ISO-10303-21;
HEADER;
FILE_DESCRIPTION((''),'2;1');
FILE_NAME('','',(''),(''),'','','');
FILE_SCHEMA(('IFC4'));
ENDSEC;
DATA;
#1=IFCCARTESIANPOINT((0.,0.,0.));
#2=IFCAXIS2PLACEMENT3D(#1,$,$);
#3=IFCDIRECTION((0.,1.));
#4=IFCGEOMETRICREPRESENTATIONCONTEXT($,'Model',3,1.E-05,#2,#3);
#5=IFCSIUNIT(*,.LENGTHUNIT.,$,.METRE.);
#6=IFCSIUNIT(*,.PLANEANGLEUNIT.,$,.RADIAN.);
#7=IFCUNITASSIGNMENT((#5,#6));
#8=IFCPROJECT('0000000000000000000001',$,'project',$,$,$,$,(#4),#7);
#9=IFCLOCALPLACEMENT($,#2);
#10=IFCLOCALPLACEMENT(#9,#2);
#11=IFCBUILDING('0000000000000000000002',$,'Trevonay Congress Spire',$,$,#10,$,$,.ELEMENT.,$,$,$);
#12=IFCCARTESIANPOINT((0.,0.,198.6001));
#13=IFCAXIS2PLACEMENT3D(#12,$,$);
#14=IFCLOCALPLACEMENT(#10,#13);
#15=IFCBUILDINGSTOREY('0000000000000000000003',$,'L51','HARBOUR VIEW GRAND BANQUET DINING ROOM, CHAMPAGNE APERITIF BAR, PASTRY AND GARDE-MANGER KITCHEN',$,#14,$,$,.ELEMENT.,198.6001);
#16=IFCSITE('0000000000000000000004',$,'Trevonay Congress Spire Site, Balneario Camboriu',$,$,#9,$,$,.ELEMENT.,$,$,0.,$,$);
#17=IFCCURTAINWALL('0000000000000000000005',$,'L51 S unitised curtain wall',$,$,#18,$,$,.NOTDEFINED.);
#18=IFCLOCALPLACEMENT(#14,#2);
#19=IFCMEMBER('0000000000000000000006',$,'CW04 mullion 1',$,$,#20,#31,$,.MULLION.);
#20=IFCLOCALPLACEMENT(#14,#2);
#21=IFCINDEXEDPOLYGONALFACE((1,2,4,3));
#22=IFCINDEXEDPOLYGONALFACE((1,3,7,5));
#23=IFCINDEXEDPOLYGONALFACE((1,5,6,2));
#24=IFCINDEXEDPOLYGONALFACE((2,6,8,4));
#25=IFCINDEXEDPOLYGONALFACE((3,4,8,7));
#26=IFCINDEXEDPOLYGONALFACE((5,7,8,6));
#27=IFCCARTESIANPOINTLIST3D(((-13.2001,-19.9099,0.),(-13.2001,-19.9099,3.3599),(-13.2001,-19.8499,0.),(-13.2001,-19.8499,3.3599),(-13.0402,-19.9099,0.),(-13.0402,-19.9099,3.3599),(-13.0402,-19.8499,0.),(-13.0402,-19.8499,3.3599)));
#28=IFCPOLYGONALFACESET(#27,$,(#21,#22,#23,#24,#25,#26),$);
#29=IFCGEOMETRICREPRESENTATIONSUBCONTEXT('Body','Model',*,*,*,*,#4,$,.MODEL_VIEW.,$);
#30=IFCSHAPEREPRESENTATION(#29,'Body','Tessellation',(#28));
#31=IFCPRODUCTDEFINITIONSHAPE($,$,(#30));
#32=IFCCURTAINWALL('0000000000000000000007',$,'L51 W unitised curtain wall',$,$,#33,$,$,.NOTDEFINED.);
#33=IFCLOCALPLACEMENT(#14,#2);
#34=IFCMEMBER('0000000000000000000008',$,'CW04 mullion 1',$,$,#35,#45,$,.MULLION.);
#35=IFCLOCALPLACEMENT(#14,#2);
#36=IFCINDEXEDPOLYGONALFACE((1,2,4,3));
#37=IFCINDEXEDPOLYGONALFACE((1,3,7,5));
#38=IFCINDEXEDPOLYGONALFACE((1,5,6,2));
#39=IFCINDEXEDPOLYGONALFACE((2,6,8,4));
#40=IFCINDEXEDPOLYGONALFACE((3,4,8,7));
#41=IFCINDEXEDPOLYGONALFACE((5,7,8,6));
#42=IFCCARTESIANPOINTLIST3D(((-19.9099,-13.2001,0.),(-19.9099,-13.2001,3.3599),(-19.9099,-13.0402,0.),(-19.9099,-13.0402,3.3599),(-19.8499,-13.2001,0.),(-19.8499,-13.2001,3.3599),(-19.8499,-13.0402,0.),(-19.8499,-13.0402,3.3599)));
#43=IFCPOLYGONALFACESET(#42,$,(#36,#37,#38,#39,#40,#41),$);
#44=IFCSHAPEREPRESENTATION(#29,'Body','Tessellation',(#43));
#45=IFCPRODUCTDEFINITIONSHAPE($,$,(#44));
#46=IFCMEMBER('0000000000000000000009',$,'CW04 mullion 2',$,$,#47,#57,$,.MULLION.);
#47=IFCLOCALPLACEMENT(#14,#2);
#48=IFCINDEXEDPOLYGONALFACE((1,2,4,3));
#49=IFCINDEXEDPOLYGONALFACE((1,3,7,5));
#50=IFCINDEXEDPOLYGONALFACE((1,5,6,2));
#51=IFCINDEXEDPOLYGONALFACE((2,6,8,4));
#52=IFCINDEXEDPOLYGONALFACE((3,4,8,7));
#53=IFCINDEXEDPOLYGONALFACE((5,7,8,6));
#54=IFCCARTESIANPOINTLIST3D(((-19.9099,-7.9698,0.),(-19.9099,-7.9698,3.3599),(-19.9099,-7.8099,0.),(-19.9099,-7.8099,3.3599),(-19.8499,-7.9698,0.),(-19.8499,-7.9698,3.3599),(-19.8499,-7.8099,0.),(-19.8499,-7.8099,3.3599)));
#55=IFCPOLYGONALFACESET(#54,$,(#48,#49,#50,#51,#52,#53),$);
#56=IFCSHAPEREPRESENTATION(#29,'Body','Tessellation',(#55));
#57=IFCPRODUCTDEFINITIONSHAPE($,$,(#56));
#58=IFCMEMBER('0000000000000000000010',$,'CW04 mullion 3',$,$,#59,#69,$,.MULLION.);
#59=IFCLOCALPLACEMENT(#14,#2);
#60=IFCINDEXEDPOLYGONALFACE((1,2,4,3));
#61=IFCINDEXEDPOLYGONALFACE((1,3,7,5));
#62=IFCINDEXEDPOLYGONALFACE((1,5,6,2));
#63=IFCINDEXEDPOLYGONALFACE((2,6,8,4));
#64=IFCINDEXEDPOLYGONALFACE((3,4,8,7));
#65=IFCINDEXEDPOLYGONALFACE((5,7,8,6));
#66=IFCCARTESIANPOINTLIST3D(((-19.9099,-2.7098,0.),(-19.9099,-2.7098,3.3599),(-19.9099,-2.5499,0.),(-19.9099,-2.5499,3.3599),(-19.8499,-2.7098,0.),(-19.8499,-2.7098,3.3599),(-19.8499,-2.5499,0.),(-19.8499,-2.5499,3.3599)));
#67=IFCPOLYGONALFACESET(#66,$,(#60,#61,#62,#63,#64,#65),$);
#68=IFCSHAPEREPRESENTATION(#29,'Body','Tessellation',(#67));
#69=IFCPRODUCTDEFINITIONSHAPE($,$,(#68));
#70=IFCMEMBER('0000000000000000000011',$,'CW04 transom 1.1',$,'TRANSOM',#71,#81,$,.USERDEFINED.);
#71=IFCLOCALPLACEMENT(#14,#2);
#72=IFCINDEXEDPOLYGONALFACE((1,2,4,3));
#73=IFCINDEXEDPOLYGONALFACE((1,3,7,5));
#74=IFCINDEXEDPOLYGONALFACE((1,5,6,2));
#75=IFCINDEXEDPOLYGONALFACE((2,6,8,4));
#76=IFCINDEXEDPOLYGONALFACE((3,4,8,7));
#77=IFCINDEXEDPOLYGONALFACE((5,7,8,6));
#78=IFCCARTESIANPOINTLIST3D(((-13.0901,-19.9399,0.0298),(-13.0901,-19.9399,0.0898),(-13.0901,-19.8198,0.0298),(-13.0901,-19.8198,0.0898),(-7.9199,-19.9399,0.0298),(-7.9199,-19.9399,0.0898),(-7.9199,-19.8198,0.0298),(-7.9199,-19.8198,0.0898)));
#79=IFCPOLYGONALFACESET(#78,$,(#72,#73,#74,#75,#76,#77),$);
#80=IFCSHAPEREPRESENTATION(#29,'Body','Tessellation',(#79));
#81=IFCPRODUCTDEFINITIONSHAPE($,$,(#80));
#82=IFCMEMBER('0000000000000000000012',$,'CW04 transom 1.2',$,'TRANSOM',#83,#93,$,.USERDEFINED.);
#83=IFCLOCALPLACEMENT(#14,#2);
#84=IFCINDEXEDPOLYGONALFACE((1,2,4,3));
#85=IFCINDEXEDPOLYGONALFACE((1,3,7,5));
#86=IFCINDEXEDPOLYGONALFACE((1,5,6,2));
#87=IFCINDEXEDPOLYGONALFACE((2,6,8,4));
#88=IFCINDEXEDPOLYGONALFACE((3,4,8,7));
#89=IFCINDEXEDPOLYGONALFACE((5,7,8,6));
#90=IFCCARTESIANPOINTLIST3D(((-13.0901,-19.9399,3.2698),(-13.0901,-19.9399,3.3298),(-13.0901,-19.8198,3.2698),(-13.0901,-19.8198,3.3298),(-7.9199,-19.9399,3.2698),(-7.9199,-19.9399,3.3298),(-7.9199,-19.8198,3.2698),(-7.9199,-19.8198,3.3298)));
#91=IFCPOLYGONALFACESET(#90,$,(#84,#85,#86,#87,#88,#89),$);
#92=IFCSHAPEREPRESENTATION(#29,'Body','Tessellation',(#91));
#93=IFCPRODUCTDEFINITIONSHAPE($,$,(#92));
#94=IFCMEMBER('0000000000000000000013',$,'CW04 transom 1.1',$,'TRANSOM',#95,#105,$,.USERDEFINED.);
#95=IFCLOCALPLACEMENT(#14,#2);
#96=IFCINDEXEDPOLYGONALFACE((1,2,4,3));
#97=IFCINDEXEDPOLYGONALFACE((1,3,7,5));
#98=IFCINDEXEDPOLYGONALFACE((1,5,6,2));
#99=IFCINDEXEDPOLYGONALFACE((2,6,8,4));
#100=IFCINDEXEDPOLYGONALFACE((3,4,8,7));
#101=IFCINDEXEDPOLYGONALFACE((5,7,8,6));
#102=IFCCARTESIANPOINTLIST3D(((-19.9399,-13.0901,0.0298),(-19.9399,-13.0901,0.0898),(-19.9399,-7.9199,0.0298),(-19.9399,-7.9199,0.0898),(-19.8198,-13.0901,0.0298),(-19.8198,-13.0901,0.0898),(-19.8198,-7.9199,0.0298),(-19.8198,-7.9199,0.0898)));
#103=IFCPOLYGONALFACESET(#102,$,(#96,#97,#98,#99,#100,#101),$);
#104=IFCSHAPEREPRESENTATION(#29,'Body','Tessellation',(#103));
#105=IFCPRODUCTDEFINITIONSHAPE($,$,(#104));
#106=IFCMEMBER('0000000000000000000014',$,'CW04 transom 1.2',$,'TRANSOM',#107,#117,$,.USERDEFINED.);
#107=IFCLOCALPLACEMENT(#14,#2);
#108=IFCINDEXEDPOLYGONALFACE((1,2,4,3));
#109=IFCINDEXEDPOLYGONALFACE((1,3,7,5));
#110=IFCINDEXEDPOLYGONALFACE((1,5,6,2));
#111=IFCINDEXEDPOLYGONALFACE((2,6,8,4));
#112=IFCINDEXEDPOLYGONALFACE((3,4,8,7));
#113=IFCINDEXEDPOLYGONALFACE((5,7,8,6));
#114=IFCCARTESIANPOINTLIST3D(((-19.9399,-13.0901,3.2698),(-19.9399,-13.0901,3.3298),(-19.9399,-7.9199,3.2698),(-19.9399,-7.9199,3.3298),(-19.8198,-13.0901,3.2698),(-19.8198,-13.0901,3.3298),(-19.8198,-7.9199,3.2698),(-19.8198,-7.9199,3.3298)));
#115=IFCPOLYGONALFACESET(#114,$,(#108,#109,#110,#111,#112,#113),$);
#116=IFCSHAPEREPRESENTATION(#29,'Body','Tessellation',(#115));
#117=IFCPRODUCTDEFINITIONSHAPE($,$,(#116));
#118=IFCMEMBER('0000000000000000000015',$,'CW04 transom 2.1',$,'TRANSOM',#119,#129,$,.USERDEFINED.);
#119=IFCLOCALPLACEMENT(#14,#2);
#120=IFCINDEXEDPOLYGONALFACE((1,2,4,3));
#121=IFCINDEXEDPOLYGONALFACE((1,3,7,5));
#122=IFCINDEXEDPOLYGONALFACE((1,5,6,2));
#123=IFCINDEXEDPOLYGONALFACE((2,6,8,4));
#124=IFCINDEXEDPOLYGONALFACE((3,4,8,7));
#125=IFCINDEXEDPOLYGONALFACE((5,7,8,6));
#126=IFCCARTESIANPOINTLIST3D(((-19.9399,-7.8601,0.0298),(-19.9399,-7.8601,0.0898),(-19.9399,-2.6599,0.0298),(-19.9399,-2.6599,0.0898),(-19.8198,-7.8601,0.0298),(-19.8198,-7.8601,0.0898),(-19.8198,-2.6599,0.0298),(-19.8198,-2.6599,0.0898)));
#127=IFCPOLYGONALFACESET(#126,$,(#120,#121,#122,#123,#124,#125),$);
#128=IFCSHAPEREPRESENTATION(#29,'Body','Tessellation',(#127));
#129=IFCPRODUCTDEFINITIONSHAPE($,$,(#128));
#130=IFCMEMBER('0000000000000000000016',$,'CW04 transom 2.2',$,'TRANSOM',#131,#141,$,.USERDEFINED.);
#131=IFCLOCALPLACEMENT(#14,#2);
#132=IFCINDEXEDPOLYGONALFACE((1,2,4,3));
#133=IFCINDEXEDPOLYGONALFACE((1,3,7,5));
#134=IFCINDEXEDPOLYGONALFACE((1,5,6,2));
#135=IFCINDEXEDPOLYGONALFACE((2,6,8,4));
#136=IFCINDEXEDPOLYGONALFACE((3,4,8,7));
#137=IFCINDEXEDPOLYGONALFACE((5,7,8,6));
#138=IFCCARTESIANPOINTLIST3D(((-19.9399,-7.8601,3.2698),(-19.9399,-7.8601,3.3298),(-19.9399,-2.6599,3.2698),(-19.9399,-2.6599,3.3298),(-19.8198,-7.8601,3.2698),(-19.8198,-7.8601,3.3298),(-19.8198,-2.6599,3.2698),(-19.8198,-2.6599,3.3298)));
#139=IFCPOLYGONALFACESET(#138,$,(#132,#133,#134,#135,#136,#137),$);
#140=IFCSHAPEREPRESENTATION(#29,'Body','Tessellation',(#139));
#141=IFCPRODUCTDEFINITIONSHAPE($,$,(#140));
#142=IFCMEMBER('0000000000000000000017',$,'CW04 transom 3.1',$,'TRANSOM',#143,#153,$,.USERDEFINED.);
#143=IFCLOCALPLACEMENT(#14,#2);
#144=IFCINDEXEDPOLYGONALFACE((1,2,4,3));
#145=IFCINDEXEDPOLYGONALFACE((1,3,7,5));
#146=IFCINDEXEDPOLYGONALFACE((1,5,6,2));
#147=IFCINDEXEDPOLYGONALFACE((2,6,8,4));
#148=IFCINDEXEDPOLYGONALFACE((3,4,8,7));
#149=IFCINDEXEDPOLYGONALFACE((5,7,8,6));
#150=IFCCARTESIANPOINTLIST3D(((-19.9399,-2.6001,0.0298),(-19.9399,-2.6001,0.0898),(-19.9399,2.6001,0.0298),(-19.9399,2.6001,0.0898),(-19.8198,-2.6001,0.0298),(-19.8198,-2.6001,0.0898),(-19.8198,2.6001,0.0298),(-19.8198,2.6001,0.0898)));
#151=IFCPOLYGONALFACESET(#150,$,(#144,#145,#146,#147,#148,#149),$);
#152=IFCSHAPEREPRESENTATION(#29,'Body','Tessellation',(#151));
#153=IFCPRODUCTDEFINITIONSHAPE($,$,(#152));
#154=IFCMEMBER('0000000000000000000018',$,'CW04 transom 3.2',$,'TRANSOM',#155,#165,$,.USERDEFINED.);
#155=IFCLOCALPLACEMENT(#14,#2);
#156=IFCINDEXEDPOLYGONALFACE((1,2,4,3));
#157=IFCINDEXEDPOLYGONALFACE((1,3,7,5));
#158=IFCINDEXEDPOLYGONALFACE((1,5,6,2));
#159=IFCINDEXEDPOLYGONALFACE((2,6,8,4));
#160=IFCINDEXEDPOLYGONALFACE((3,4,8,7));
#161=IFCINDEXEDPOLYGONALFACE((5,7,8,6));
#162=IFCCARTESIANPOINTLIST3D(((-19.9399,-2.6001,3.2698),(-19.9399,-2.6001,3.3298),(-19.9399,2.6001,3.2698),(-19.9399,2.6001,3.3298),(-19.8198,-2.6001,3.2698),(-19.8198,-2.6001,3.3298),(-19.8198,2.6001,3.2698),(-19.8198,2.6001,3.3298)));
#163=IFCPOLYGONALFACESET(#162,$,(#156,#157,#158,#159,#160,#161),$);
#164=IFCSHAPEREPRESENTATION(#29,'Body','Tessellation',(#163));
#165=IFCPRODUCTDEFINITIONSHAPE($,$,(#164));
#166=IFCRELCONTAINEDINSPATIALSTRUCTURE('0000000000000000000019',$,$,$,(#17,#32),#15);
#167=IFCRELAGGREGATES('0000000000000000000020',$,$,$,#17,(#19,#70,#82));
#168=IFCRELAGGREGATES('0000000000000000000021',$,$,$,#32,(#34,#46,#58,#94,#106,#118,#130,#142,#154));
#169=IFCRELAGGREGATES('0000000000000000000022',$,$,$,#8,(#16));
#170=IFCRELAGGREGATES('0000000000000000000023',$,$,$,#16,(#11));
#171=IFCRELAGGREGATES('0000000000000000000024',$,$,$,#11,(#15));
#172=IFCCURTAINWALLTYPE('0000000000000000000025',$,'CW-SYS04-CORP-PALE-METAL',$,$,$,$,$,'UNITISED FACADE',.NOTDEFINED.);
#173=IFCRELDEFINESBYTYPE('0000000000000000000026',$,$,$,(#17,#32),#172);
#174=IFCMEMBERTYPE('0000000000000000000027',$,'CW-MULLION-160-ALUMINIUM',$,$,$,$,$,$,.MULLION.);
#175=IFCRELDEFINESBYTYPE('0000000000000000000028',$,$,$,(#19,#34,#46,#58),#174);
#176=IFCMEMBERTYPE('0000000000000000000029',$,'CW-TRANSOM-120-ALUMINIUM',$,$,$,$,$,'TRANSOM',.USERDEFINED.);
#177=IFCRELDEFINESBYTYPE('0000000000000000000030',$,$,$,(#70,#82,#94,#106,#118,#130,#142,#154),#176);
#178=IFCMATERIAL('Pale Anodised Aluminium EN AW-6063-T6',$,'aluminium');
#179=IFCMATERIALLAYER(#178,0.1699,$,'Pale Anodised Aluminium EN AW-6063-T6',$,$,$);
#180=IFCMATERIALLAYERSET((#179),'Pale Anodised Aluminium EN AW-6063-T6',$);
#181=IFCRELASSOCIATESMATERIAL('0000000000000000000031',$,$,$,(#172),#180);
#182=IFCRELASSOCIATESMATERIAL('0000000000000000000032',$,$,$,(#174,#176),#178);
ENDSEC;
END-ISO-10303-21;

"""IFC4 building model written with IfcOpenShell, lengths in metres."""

from ifc_helpers import new_model, si_unit, direction, frame, origin, origin_2d, place, context, subcontext, project, spatial, rectangle, extrude, material, layer, layer_set, material_profile, profile_set, type_object, element, aggregate, save


model = new_model("IFC4")

# Units and contexts
model_context = context("Model", 3, precision=1e-05, world=origin(), true_north=direction((0.0, 1.0)))
body_context = subcontext(model_context, "Body", "Model", "MODEL_VIEW")
ifc_project = project(units=[si_unit("LENGTHUNIT", "METRE"), si_unit("PLANEANGLEUNIT", "RADIAN")], contexts=[model_context])

# Site, building, storey
site_placement = place(None, origin())
site = spatial("IfcSite", under=ifc_project, at=site_placement, Name="Trevonay Congress Spire Site, Balneario Camboriu", CompositionType="ELEMENT", RefElevation=0.0)
building_placement = place(site_placement, origin())
building = spatial("IfcBuilding", under=site, at=building_placement, Name="Trevonay Congress Spire", CompositionType="ELEMENT")
storey_placement = place(building_placement, frame((0.0, 0.0, 198.6001)))
storey = spatial("IfcBuildingStorey", under=building, at=storey_placement, Name="L51", Description="HARBOUR VIEW GRAND BANQUET DINING ROOM, CHAMPAGNE APERITIF BAR, PASTRY AND GARDE-MANGER KITCHEN", CompositionType="ELEMENT", Elevation=198.6001)

# Curtain wall, member
ifc_material_1 = material(Name="Pale Anodised Aluminium EN AW-6063-T6", Category="aluminium")
ifc_layer_1 = layer(ifc_material_1, 0.1699, Name="Pale Anodised Aluminium EN AW-6063-T6")
ifc_layer_set_1 = layer_set([ifc_layer_1], Name="Pale Anodised Aluminium EN AW-6063-T6")
curtain_wall_type = type_object("IfcCurtainWallType", Name="CW-SYS04-CORP-PALE-METAL", ElementType="UNITISED FACADE", PredefinedType="NOTDEFINED", material=ifc_layer_set_1)
curtain_wall_1_placement = place(storey_placement, origin())
curtain_wall_1 = element("IfcCurtainWall", 1, at=curtain_wall_1_placement, inside=storey, type_object=curtain_wall_type, Name="L51 S unitised curtain wall", PredefinedType="NOTDEFINED")
ifc_material_profile_1 = material_profile(ifc_material_1, rectangle(XDim=0.0601, YDim=0.1599, at=origin_2d()), Name="CW-MULLION-160-ALUMINIUM")
ifc_profile_set_1 = profile_set([ifc_material_profile_1], Name="Pale Anodised Aluminium EN AW-6063-T6")
member_type_1 = type_object("IfcMemberType", Name="CW-MULLION-160-ALUMINIUM", PredefinedType="MULLION", material=ifc_profile_set_1)
member_1_placement = place(storey_placement, frame((-13.1201, -19.8799, 0.0), z_axis=(0.0, 0.0, 1.0), x_axis=(0.0, 1.0, 0.0)))
member_1 = element("IfcMember", 2, at=member_1_placement, type_object=member_type_1, Name="CW04 mullion 1", PredefinedType="MULLION", context=body_context, shape_type="SweptSolid", body=[
    extrude(rectangle(XDim=0.0601, YDim=0.1599, at=origin_2d()), origin(), (0.0, 0.0, 1.0), 3.3599),
])

# Curtain wall, members
curtain_wall_2_placement = place(storey_placement, origin())
curtain_wall_2 = element("IfcCurtainWall", 3, at=curtain_wall_2_placement, inside=storey, type_object=curtain_wall_type, Name="L51 W unitised curtain wall", PredefinedType="NOTDEFINED")
member_2_placement = place(storey_placement, frame((-19.8799, -13.1201, 0.0), z_axis=(0.0, 0.0, 1.0), x_axis=(-1.0, 0.0, 0.0)))
member_2 = element("IfcMember", 4, at=member_2_placement, type_object=member_type_1, Name="CW04 mullion 1", PredefinedType="MULLION", context=body_context, shape_type="SweptSolid", body=[
    extrude(rectangle(XDim=0.0601, YDim=0.1599, at=origin_2d()), origin(), (0.0, 0.0, 1.0), 3.3599),
])
member_3_placement = place(storey_placement, frame((-19.8799, -7.8899, 0.0), z_axis=(0.0, 0.0, 1.0), x_axis=(-1.0, 0.0, 0.0)))
member_3 = element("IfcMember", 5, at=member_3_placement, type_object=member_type_1, Name="CW04 mullion 2", PredefinedType="MULLION", context=body_context, shape_type="SweptSolid", body=[
    extrude(rectangle(XDim=0.0601, YDim=0.1599, at=origin_2d()), origin(), (0.0, 0.0, 1.0), 3.3599),
])
member_4_placement = place(storey_placement, frame((-19.8799, -2.6299, 0.0), z_axis=(0.0, 0.0, 1.0), x_axis=(-1.0, 0.0, 0.0)))
member_4 = element("IfcMember", 6, at=member_4_placement, type_object=member_type_1, Name="CW04 mullion 3", PredefinedType="MULLION", context=body_context, shape_type="SweptSolid", body=[
    extrude(rectangle(XDim=0.0601, YDim=0.1599, at=origin_2d()), origin(), (0.0, 0.0, 1.0), 3.3599),
])

# Members
ifc_material_profile_2 = material_profile(ifc_material_1, rectangle(XDim=0.1201, YDim=0.0601, at=origin_2d()), Name="CW-TRANSOM-120-ALUMINIUM")
ifc_profile_set_2 = profile_set([ifc_material_profile_2], Name="Pale Anodised Aluminium EN AW-6063-T6")
member_type_2 = type_object("IfcMemberType", Name="CW-TRANSOM-120-ALUMINIUM", ElementType="TRANSOM", PredefinedType="USERDEFINED", material=ifc_profile_set_2)
member_5_placement = place(storey_placement, frame((-13.0901, -19.8799, 0.0598), z_axis=(1.0, 0.0, 0.0), x_axis=(0.0, 1.0, 0.0)))
member_5 = element("IfcMember", 7, at=member_5_placement, type_object=member_type_2, Name="CW04 transom 1.1", ObjectType="TRANSOM", PredefinedType="USERDEFINED", context=body_context, shape_type="SweptSolid", body=[
    extrude(rectangle(XDim=0.1201, YDim=0.0601, at=origin_2d()), origin(), (0.0, 0.0, 1.0), 5.1702),
])
member_6_placement = place(storey_placement, frame((-13.0901, -19.8799, 3.2998), z_axis=(1.0, 0.0, 0.0), x_axis=(0.0, 1.0, 0.0)))
member_6 = element("IfcMember", 8, at=member_6_placement, type_object=member_type_2, Name="CW04 transom 1.2", ObjectType="TRANSOM", PredefinedType="USERDEFINED", context=body_context, shape_type="SweptSolid", body=[
    extrude(rectangle(XDim=0.1201, YDim=0.0601, at=origin_2d()), origin(), (0.0, 0.0, 1.0), 5.1702),
])
member_7_placement = place(storey_placement, frame((-19.8799, -13.0901, 0.0598), z_axis=(0.0, 1.0, 0.0), x_axis=(-1.0, 0.0, 0.0)))
member_7 = element("IfcMember", 9, at=member_7_placement, type_object=member_type_2, Name="CW04 transom 1.1", ObjectType="TRANSOM", PredefinedType="USERDEFINED", context=body_context, shape_type="SweptSolid", body=[
    extrude(rectangle(XDim=0.1201, YDim=0.0601, at=origin_2d()), origin(), (0.0, 0.0, 1.0), 5.1702),
])
member_8_placement = place(storey_placement, frame((-19.8799, -13.0901, 3.2998), z_axis=(0.0, 1.0, 0.0), x_axis=(-1.0, 0.0, 0.0)))
member_8 = element("IfcMember", 10, at=member_8_placement, type_object=member_type_2, Name="CW04 transom 1.2", ObjectType="TRANSOM", PredefinedType="USERDEFINED", context=body_context, shape_type="SweptSolid", body=[
    extrude(rectangle(XDim=0.1201, YDim=0.0601, at=origin_2d()), origin(), (0.0, 0.0, 1.0), 5.1702),
])
member_9_placement = place(storey_placement, frame((-19.8799, -7.8601, 0.0598), z_axis=(0.0, 1.0, 0.0), x_axis=(-1.0, 0.0, 0.0)))
member_9 = element("IfcMember", 11, at=member_9_placement, type_object=member_type_2, Name="CW04 transom 2.1", ObjectType="TRANSOM", PredefinedType="USERDEFINED", context=body_context, shape_type="SweptSolid", body=[
    extrude(rectangle(XDim=0.1201, YDim=0.0601, at=origin_2d()), origin(), (0.0, 0.0, 1.0), 5.2002),
])
member_10_placement = place(storey_placement, frame((-19.8799, -7.8601, 3.2998), z_axis=(0.0, 1.0, 0.0), x_axis=(-1.0, 0.0, 0.0)))
member_10 = element("IfcMember", 12, at=member_10_placement, type_object=member_type_2, Name="CW04 transom 2.2", ObjectType="TRANSOM", PredefinedType="USERDEFINED", context=body_context, shape_type="SweptSolid", body=[
    extrude(rectangle(XDim=0.1201, YDim=0.0601, at=origin_2d()), origin(), (0.0, 0.0, 1.0), 5.2002),
])
member_11_placement = place(storey_placement, frame((-19.8799, -2.6001, 0.0598), z_axis=(0.0, 1.0, 0.0), x_axis=(-1.0, 0.0, 0.0)))
member_11 = element("IfcMember", 13, at=member_11_placement, type_object=member_type_2, Name="CW04 transom 3.1", ObjectType="TRANSOM", PredefinedType="USERDEFINED", context=body_context, shape_type="SweptSolid", body=[
    extrude(rectangle(XDim=0.1201, YDim=0.0601, at=origin_2d()), origin(), (0.0, 0.0, 1.0), 5.2002),
])
member_12_placement = place(storey_placement, frame((-19.8799, -2.6001, 3.2998), z_axis=(0.0, 1.0, 0.0), x_axis=(-1.0, 0.0, 0.0)))
member_12 = element("IfcMember", 14, at=member_12_placement, type_object=member_type_2, Name="CW04 transom 3.2", ObjectType="TRANSOM", PredefinedType="USERDEFINED", context=body_context, shape_type="SweptSolid", body=[
    extrude(rectangle(XDim=0.1201, YDim=0.0601, at=origin_2d()), origin(), (0.0, 0.0, 1.0), 5.2002),
])

aggregate(curtain_wall_1, [member_1, member_5, member_6])
aggregate(curtain_wall_2, [member_2, member_3, member_4, member_7, member_8, member_9, member_10, member_11, member_12])

save(model, "model.ifc")
